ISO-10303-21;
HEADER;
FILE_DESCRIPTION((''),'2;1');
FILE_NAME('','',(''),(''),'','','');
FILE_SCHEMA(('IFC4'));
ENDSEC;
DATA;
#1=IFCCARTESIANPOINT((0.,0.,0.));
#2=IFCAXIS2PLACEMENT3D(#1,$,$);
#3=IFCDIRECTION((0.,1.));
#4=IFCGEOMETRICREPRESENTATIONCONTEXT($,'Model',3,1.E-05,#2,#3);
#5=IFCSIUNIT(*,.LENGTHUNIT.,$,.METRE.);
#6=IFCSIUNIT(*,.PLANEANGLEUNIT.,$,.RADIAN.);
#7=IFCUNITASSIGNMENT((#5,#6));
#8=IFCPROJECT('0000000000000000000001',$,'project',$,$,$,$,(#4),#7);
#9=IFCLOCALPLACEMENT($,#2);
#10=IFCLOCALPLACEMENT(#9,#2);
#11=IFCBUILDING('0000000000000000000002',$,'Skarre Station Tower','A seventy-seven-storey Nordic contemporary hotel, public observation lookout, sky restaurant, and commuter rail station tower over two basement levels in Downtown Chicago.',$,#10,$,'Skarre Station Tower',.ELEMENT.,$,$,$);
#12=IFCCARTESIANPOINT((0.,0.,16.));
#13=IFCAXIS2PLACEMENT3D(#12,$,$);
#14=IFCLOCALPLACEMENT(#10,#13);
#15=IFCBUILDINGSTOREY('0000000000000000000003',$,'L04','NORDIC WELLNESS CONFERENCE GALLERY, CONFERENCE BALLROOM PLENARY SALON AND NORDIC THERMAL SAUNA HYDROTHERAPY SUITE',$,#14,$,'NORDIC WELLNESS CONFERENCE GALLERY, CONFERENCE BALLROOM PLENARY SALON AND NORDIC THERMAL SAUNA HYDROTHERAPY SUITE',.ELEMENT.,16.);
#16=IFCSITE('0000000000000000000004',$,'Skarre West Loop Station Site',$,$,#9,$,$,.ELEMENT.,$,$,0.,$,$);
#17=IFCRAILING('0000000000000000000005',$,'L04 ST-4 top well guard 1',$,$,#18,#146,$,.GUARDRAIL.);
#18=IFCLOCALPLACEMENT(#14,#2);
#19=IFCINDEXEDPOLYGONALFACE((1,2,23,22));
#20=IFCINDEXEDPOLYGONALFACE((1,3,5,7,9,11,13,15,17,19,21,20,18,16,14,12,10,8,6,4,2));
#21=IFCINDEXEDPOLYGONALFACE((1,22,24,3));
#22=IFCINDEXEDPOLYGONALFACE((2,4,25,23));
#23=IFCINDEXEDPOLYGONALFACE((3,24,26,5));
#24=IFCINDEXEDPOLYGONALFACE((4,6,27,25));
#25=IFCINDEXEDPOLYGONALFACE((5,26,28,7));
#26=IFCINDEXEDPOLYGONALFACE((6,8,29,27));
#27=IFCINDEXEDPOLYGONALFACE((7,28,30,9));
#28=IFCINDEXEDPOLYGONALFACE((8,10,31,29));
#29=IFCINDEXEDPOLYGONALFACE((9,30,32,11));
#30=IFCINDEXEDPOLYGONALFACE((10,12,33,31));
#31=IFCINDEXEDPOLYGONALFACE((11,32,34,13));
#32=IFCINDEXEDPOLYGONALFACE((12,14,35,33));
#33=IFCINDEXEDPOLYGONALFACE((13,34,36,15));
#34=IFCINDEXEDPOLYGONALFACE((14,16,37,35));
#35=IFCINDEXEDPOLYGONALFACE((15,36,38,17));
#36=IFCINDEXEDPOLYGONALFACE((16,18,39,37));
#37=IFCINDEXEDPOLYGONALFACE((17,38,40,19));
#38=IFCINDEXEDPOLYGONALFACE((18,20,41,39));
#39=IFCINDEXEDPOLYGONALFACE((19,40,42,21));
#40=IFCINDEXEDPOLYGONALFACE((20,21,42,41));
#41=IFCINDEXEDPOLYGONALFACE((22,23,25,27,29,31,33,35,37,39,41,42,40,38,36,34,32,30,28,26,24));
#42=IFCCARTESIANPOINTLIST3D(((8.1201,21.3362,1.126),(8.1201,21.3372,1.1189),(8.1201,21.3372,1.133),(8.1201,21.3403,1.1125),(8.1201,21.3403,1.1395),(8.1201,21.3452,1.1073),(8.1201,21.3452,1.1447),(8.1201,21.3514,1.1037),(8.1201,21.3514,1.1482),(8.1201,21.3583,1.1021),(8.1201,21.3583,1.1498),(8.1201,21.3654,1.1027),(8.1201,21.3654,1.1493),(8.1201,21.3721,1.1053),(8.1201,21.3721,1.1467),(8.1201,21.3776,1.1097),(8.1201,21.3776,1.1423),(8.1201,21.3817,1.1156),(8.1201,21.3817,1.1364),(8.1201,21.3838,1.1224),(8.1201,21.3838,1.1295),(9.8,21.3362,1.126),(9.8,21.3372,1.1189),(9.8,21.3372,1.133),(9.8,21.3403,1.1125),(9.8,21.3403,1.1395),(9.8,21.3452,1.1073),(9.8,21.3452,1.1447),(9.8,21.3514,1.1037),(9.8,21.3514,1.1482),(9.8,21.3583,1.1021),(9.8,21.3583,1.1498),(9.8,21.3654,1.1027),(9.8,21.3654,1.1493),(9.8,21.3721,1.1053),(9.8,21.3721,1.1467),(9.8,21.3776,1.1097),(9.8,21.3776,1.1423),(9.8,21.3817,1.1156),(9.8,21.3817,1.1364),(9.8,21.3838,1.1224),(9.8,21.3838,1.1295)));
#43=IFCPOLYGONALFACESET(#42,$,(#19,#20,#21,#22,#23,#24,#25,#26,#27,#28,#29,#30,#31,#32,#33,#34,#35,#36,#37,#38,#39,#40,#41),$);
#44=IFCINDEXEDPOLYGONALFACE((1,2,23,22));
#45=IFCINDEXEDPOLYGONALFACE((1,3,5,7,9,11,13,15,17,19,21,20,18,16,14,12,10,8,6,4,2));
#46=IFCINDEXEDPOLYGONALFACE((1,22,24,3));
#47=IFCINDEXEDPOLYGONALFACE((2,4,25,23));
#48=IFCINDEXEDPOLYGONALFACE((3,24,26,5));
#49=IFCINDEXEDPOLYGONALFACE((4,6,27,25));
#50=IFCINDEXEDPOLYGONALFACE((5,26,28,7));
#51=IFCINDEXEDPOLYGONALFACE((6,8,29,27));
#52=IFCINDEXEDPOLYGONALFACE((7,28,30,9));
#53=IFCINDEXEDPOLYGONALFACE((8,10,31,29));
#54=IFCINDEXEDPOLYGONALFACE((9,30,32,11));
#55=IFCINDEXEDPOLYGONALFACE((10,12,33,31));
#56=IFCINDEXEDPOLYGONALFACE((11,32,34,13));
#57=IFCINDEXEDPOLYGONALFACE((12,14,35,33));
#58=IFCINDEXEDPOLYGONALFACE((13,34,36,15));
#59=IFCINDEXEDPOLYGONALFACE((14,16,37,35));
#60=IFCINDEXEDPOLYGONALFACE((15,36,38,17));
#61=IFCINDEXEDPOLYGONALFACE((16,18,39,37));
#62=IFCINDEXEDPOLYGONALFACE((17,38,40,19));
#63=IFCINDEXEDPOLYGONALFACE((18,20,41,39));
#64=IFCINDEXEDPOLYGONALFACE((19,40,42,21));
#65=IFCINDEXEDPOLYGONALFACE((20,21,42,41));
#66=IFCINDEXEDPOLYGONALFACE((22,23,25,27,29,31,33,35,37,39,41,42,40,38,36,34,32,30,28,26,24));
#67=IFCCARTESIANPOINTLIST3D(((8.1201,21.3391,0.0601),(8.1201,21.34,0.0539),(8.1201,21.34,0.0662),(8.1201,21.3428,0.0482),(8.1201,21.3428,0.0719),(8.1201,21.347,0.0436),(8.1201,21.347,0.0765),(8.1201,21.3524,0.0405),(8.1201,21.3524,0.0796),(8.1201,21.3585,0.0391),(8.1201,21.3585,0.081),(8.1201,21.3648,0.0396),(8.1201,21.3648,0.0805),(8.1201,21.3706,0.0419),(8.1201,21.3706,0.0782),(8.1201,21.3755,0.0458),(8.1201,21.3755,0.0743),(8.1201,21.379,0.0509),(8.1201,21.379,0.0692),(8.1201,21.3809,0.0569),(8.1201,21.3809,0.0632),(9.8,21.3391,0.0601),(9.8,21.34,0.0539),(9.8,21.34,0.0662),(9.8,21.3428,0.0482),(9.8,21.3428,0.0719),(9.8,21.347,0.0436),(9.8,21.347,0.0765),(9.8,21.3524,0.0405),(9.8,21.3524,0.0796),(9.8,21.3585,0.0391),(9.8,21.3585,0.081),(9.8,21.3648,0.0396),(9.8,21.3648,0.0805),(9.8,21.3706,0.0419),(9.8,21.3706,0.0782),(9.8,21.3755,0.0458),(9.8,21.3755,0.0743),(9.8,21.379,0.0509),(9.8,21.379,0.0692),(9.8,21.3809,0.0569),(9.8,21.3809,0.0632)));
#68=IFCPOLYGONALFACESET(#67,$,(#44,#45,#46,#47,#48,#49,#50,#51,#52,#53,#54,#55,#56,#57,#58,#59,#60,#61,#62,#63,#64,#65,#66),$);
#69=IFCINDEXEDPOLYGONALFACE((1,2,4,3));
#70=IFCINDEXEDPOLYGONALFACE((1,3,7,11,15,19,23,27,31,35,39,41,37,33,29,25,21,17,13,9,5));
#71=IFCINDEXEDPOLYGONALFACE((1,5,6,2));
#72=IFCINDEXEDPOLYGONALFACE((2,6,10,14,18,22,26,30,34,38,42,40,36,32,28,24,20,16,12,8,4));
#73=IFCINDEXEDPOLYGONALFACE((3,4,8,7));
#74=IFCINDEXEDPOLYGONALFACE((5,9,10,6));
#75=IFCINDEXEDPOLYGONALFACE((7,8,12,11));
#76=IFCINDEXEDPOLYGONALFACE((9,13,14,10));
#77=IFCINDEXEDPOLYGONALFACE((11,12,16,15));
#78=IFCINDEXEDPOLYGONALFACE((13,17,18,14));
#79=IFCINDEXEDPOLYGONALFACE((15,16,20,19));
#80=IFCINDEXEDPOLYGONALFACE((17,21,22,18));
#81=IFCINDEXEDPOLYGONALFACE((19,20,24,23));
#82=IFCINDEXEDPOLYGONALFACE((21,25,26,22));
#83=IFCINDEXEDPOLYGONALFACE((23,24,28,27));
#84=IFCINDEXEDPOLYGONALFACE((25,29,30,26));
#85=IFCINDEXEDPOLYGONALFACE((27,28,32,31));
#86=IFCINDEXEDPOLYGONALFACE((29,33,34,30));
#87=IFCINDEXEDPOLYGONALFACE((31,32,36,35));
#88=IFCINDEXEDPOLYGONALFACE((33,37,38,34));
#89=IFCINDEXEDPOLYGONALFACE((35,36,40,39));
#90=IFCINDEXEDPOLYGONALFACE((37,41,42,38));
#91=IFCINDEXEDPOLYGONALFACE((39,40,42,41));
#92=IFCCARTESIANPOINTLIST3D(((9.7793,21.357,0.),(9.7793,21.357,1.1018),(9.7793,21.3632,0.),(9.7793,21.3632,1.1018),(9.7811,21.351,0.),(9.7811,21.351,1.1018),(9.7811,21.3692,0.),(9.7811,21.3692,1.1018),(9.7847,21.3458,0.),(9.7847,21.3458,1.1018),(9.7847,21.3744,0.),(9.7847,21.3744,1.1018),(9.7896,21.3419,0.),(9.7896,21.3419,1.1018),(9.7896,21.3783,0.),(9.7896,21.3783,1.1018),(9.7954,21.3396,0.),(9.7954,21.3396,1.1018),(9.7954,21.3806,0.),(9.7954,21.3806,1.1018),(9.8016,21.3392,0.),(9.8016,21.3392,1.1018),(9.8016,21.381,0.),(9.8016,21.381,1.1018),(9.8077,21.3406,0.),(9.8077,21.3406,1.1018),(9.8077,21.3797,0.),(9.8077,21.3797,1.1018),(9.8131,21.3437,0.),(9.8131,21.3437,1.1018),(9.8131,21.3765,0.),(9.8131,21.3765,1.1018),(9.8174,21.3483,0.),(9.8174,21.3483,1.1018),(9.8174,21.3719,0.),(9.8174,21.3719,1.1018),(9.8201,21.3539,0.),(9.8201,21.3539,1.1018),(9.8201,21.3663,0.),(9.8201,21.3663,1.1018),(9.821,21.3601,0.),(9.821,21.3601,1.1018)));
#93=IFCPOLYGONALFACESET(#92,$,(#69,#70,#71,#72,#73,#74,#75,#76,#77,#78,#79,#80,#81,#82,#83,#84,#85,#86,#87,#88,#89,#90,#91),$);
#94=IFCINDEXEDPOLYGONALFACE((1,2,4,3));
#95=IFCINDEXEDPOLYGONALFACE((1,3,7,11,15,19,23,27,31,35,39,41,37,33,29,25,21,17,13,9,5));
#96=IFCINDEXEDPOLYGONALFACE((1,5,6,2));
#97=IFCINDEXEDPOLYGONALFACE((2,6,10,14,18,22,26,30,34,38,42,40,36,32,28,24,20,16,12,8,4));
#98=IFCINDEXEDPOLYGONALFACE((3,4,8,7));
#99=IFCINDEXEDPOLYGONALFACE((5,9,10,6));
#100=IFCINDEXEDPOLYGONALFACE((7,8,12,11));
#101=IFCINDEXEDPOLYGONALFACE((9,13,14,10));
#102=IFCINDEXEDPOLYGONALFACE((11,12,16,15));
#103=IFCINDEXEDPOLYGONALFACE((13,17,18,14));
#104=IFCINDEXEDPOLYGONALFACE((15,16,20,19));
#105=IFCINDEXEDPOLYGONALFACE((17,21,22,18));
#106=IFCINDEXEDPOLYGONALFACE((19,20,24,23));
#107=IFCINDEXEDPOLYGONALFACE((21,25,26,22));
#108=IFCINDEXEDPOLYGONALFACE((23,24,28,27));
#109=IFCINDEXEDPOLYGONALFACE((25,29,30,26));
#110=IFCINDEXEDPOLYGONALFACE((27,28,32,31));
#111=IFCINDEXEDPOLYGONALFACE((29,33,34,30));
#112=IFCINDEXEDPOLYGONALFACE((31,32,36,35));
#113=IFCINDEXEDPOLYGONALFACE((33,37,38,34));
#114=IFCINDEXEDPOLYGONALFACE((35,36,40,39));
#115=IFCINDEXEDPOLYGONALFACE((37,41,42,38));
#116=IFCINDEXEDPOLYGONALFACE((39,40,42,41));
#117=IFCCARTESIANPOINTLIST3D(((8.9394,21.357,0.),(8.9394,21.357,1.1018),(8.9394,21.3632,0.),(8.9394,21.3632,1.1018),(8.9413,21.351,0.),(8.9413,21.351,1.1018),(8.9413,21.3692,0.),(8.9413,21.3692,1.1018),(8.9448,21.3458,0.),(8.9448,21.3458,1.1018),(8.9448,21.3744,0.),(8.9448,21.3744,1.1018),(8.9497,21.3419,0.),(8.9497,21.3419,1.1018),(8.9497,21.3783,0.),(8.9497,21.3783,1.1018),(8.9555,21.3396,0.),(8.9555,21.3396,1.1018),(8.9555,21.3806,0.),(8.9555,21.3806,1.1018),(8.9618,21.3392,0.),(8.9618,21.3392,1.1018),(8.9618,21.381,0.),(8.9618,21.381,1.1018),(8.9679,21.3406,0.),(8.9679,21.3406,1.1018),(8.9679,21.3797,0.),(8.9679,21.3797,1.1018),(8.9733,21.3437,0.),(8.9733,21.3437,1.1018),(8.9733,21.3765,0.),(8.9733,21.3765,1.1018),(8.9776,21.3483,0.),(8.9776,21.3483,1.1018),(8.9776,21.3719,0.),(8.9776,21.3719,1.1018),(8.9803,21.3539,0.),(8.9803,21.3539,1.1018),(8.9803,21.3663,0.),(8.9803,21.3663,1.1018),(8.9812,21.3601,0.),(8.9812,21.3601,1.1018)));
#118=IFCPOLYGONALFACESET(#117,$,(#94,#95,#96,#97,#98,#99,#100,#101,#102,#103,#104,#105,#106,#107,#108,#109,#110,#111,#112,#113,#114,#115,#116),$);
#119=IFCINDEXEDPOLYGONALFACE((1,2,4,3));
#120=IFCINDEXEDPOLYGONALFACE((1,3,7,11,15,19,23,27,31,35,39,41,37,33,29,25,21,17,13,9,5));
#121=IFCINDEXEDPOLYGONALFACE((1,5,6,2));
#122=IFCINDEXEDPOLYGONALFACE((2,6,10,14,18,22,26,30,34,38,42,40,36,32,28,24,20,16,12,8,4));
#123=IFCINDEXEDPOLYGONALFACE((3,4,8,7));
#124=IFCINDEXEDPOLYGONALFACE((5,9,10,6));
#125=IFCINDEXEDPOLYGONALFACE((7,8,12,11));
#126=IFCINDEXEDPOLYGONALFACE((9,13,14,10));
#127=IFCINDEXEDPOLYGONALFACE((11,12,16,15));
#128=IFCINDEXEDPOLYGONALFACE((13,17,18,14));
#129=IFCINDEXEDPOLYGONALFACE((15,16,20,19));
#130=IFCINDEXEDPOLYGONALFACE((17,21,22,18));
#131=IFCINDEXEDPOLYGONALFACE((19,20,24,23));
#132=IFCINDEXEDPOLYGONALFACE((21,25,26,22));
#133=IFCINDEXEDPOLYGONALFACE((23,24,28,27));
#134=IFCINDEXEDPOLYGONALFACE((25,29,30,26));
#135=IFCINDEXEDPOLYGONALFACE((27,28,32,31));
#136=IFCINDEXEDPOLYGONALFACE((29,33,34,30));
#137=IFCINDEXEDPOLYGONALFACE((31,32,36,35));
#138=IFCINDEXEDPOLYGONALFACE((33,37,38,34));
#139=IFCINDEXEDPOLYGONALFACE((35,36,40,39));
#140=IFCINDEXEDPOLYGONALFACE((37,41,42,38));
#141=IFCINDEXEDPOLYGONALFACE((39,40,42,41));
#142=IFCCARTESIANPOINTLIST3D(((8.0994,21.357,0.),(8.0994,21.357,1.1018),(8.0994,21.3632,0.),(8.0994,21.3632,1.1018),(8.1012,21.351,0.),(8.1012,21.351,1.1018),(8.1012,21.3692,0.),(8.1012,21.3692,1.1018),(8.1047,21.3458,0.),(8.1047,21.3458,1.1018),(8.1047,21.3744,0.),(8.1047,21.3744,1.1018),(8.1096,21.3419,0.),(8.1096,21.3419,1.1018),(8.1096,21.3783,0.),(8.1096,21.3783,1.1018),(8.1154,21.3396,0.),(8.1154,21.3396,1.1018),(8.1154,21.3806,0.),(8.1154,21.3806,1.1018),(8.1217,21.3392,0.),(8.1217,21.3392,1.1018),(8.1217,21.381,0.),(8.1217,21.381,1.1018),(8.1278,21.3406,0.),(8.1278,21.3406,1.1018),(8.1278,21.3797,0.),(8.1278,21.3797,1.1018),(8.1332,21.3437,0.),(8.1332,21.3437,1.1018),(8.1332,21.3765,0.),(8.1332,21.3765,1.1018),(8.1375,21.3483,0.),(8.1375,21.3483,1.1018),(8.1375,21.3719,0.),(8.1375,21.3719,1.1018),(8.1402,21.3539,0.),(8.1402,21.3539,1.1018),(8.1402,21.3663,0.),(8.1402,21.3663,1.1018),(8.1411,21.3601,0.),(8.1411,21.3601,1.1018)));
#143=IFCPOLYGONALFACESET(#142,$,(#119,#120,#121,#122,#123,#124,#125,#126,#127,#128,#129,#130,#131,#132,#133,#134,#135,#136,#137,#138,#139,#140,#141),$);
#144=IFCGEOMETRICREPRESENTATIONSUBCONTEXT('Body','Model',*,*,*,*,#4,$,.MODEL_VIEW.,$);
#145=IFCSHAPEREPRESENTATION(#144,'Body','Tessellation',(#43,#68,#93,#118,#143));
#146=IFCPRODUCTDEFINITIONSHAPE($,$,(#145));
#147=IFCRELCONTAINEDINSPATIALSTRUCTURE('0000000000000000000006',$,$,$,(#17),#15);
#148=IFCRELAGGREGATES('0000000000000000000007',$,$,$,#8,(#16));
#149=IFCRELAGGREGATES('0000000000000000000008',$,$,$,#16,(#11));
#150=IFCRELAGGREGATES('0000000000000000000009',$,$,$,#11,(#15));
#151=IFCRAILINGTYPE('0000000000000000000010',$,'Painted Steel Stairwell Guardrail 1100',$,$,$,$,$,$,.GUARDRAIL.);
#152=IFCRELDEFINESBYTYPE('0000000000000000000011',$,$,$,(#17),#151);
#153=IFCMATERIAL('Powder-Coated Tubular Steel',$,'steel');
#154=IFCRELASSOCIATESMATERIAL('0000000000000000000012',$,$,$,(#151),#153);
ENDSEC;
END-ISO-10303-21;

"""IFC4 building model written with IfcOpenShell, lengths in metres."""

from ifc_helpers import new_model, si_unit, direction, frame, origin, origin_2d, place, context, subcontext, project, spatial, circle, extrude, material, type_object, element, save


model = new_model("IFC4")

# Units and contexts
model_context = context("Model", 3, precision=1e-05, world=origin(), true_north=direction((0.0, 1.0)))
body_context = subcontext(model_context, "Body", "Model", "MODEL_VIEW")
ifc_project = project(units=[si_unit("LENGTHUNIT", "METRE"), si_unit("PLANEANGLEUNIT", "RADIAN")], contexts=[model_context])

# Site, building, storey
site_placement = place(None, origin())
site = spatial("IfcSite", under=ifc_project, at=site_placement, Name="Skarre West Loop Station Site", CompositionType="ELEMENT", RefElevation=0.0)
building_placement = place(site_placement, origin())
building = spatial("IfcBuilding", under=site, at=building_placement, Name="Skarre Station Tower", Description="A seventy-seven-storey Nordic contemporary hotel, public observation lookout, sky restaurant, and commuter rail station tower over two basement levels in Downtown Chicago.", LongName="Skarre Station Tower", CompositionType="ELEMENT")
storey_placement = place(building_placement, frame((0.0, 0.0, 16.0)))
storey = spatial("IfcBuildingStorey", under=building, at=storey_placement, Name="L04", Description="NORDIC WELLNESS CONFERENCE GALLERY, CONFERENCE BALLROOM PLENARY SALON AND NORDIC THERMAL SAUNA HYDROTHERAPY SUITE", LongName="NORDIC WELLNESS CONFERENCE GALLERY, CONFERENCE BALLROOM PLENARY SALON AND NORDIC THERMAL SAUNA HYDROTHERAPY SUITE", CompositionType="ELEMENT", Elevation=16.0)

# Railing
ifc_material_1 = material(Name="Powder-Coated Tubular Steel", Category="steel")
railing_type_1 = type_object("IfcRailingType", Name="Painted Steel Stairwell Guardrail 1100", PredefinedType="GUARDRAIL", material=ifc_material_1)
railing_1_placement = place(storey_placement, frame((9.8, 21.3601, 0.0)))
element("IfcRailing", 1, at=railing_1_placement, inside=storey, type_object=railing_type_1, Name="L04 ST-4 top well guard 1", PredefinedType="GUARDRAIL", context=body_context, shape_type="SweptSolid", body=[
    extrude(circle(Radius=0.0239, at=origin_2d()), frame((0.0, 0.0, 1.126), z_axis=(-1.0, 0.0, 0.0), x_axis=(0.0, -1.0, 0.0)), (0.0, 0.0, 1.0), 1.6799),
    extrude(circle(Radius=0.021, at=origin_2d()), frame((0.0, 0.0, 0.0601), z_axis=(-1.0, 0.0, 0.0), x_axis=(0.0, -1.0, 0.0)), (0.0, 0.0, 1.0), 1.6799),
    extrude(circle(Radius=0.021, at=origin_2d()), origin(), (0.0, 0.0, 1.0), 1.1018),
    extrude(circle(Radius=0.021, at=origin_2d()), frame((-0.8398, 0.0, 0.0)), (0.0, 0.0, 1.0), 1.1018),
    extrude(circle(Radius=0.021, at=origin_2d()), frame((-1.6799, 0.0, 0.0)), (0.0, 0.0, 1.0), 1.1018),
])

save(model, "model.ifc")
